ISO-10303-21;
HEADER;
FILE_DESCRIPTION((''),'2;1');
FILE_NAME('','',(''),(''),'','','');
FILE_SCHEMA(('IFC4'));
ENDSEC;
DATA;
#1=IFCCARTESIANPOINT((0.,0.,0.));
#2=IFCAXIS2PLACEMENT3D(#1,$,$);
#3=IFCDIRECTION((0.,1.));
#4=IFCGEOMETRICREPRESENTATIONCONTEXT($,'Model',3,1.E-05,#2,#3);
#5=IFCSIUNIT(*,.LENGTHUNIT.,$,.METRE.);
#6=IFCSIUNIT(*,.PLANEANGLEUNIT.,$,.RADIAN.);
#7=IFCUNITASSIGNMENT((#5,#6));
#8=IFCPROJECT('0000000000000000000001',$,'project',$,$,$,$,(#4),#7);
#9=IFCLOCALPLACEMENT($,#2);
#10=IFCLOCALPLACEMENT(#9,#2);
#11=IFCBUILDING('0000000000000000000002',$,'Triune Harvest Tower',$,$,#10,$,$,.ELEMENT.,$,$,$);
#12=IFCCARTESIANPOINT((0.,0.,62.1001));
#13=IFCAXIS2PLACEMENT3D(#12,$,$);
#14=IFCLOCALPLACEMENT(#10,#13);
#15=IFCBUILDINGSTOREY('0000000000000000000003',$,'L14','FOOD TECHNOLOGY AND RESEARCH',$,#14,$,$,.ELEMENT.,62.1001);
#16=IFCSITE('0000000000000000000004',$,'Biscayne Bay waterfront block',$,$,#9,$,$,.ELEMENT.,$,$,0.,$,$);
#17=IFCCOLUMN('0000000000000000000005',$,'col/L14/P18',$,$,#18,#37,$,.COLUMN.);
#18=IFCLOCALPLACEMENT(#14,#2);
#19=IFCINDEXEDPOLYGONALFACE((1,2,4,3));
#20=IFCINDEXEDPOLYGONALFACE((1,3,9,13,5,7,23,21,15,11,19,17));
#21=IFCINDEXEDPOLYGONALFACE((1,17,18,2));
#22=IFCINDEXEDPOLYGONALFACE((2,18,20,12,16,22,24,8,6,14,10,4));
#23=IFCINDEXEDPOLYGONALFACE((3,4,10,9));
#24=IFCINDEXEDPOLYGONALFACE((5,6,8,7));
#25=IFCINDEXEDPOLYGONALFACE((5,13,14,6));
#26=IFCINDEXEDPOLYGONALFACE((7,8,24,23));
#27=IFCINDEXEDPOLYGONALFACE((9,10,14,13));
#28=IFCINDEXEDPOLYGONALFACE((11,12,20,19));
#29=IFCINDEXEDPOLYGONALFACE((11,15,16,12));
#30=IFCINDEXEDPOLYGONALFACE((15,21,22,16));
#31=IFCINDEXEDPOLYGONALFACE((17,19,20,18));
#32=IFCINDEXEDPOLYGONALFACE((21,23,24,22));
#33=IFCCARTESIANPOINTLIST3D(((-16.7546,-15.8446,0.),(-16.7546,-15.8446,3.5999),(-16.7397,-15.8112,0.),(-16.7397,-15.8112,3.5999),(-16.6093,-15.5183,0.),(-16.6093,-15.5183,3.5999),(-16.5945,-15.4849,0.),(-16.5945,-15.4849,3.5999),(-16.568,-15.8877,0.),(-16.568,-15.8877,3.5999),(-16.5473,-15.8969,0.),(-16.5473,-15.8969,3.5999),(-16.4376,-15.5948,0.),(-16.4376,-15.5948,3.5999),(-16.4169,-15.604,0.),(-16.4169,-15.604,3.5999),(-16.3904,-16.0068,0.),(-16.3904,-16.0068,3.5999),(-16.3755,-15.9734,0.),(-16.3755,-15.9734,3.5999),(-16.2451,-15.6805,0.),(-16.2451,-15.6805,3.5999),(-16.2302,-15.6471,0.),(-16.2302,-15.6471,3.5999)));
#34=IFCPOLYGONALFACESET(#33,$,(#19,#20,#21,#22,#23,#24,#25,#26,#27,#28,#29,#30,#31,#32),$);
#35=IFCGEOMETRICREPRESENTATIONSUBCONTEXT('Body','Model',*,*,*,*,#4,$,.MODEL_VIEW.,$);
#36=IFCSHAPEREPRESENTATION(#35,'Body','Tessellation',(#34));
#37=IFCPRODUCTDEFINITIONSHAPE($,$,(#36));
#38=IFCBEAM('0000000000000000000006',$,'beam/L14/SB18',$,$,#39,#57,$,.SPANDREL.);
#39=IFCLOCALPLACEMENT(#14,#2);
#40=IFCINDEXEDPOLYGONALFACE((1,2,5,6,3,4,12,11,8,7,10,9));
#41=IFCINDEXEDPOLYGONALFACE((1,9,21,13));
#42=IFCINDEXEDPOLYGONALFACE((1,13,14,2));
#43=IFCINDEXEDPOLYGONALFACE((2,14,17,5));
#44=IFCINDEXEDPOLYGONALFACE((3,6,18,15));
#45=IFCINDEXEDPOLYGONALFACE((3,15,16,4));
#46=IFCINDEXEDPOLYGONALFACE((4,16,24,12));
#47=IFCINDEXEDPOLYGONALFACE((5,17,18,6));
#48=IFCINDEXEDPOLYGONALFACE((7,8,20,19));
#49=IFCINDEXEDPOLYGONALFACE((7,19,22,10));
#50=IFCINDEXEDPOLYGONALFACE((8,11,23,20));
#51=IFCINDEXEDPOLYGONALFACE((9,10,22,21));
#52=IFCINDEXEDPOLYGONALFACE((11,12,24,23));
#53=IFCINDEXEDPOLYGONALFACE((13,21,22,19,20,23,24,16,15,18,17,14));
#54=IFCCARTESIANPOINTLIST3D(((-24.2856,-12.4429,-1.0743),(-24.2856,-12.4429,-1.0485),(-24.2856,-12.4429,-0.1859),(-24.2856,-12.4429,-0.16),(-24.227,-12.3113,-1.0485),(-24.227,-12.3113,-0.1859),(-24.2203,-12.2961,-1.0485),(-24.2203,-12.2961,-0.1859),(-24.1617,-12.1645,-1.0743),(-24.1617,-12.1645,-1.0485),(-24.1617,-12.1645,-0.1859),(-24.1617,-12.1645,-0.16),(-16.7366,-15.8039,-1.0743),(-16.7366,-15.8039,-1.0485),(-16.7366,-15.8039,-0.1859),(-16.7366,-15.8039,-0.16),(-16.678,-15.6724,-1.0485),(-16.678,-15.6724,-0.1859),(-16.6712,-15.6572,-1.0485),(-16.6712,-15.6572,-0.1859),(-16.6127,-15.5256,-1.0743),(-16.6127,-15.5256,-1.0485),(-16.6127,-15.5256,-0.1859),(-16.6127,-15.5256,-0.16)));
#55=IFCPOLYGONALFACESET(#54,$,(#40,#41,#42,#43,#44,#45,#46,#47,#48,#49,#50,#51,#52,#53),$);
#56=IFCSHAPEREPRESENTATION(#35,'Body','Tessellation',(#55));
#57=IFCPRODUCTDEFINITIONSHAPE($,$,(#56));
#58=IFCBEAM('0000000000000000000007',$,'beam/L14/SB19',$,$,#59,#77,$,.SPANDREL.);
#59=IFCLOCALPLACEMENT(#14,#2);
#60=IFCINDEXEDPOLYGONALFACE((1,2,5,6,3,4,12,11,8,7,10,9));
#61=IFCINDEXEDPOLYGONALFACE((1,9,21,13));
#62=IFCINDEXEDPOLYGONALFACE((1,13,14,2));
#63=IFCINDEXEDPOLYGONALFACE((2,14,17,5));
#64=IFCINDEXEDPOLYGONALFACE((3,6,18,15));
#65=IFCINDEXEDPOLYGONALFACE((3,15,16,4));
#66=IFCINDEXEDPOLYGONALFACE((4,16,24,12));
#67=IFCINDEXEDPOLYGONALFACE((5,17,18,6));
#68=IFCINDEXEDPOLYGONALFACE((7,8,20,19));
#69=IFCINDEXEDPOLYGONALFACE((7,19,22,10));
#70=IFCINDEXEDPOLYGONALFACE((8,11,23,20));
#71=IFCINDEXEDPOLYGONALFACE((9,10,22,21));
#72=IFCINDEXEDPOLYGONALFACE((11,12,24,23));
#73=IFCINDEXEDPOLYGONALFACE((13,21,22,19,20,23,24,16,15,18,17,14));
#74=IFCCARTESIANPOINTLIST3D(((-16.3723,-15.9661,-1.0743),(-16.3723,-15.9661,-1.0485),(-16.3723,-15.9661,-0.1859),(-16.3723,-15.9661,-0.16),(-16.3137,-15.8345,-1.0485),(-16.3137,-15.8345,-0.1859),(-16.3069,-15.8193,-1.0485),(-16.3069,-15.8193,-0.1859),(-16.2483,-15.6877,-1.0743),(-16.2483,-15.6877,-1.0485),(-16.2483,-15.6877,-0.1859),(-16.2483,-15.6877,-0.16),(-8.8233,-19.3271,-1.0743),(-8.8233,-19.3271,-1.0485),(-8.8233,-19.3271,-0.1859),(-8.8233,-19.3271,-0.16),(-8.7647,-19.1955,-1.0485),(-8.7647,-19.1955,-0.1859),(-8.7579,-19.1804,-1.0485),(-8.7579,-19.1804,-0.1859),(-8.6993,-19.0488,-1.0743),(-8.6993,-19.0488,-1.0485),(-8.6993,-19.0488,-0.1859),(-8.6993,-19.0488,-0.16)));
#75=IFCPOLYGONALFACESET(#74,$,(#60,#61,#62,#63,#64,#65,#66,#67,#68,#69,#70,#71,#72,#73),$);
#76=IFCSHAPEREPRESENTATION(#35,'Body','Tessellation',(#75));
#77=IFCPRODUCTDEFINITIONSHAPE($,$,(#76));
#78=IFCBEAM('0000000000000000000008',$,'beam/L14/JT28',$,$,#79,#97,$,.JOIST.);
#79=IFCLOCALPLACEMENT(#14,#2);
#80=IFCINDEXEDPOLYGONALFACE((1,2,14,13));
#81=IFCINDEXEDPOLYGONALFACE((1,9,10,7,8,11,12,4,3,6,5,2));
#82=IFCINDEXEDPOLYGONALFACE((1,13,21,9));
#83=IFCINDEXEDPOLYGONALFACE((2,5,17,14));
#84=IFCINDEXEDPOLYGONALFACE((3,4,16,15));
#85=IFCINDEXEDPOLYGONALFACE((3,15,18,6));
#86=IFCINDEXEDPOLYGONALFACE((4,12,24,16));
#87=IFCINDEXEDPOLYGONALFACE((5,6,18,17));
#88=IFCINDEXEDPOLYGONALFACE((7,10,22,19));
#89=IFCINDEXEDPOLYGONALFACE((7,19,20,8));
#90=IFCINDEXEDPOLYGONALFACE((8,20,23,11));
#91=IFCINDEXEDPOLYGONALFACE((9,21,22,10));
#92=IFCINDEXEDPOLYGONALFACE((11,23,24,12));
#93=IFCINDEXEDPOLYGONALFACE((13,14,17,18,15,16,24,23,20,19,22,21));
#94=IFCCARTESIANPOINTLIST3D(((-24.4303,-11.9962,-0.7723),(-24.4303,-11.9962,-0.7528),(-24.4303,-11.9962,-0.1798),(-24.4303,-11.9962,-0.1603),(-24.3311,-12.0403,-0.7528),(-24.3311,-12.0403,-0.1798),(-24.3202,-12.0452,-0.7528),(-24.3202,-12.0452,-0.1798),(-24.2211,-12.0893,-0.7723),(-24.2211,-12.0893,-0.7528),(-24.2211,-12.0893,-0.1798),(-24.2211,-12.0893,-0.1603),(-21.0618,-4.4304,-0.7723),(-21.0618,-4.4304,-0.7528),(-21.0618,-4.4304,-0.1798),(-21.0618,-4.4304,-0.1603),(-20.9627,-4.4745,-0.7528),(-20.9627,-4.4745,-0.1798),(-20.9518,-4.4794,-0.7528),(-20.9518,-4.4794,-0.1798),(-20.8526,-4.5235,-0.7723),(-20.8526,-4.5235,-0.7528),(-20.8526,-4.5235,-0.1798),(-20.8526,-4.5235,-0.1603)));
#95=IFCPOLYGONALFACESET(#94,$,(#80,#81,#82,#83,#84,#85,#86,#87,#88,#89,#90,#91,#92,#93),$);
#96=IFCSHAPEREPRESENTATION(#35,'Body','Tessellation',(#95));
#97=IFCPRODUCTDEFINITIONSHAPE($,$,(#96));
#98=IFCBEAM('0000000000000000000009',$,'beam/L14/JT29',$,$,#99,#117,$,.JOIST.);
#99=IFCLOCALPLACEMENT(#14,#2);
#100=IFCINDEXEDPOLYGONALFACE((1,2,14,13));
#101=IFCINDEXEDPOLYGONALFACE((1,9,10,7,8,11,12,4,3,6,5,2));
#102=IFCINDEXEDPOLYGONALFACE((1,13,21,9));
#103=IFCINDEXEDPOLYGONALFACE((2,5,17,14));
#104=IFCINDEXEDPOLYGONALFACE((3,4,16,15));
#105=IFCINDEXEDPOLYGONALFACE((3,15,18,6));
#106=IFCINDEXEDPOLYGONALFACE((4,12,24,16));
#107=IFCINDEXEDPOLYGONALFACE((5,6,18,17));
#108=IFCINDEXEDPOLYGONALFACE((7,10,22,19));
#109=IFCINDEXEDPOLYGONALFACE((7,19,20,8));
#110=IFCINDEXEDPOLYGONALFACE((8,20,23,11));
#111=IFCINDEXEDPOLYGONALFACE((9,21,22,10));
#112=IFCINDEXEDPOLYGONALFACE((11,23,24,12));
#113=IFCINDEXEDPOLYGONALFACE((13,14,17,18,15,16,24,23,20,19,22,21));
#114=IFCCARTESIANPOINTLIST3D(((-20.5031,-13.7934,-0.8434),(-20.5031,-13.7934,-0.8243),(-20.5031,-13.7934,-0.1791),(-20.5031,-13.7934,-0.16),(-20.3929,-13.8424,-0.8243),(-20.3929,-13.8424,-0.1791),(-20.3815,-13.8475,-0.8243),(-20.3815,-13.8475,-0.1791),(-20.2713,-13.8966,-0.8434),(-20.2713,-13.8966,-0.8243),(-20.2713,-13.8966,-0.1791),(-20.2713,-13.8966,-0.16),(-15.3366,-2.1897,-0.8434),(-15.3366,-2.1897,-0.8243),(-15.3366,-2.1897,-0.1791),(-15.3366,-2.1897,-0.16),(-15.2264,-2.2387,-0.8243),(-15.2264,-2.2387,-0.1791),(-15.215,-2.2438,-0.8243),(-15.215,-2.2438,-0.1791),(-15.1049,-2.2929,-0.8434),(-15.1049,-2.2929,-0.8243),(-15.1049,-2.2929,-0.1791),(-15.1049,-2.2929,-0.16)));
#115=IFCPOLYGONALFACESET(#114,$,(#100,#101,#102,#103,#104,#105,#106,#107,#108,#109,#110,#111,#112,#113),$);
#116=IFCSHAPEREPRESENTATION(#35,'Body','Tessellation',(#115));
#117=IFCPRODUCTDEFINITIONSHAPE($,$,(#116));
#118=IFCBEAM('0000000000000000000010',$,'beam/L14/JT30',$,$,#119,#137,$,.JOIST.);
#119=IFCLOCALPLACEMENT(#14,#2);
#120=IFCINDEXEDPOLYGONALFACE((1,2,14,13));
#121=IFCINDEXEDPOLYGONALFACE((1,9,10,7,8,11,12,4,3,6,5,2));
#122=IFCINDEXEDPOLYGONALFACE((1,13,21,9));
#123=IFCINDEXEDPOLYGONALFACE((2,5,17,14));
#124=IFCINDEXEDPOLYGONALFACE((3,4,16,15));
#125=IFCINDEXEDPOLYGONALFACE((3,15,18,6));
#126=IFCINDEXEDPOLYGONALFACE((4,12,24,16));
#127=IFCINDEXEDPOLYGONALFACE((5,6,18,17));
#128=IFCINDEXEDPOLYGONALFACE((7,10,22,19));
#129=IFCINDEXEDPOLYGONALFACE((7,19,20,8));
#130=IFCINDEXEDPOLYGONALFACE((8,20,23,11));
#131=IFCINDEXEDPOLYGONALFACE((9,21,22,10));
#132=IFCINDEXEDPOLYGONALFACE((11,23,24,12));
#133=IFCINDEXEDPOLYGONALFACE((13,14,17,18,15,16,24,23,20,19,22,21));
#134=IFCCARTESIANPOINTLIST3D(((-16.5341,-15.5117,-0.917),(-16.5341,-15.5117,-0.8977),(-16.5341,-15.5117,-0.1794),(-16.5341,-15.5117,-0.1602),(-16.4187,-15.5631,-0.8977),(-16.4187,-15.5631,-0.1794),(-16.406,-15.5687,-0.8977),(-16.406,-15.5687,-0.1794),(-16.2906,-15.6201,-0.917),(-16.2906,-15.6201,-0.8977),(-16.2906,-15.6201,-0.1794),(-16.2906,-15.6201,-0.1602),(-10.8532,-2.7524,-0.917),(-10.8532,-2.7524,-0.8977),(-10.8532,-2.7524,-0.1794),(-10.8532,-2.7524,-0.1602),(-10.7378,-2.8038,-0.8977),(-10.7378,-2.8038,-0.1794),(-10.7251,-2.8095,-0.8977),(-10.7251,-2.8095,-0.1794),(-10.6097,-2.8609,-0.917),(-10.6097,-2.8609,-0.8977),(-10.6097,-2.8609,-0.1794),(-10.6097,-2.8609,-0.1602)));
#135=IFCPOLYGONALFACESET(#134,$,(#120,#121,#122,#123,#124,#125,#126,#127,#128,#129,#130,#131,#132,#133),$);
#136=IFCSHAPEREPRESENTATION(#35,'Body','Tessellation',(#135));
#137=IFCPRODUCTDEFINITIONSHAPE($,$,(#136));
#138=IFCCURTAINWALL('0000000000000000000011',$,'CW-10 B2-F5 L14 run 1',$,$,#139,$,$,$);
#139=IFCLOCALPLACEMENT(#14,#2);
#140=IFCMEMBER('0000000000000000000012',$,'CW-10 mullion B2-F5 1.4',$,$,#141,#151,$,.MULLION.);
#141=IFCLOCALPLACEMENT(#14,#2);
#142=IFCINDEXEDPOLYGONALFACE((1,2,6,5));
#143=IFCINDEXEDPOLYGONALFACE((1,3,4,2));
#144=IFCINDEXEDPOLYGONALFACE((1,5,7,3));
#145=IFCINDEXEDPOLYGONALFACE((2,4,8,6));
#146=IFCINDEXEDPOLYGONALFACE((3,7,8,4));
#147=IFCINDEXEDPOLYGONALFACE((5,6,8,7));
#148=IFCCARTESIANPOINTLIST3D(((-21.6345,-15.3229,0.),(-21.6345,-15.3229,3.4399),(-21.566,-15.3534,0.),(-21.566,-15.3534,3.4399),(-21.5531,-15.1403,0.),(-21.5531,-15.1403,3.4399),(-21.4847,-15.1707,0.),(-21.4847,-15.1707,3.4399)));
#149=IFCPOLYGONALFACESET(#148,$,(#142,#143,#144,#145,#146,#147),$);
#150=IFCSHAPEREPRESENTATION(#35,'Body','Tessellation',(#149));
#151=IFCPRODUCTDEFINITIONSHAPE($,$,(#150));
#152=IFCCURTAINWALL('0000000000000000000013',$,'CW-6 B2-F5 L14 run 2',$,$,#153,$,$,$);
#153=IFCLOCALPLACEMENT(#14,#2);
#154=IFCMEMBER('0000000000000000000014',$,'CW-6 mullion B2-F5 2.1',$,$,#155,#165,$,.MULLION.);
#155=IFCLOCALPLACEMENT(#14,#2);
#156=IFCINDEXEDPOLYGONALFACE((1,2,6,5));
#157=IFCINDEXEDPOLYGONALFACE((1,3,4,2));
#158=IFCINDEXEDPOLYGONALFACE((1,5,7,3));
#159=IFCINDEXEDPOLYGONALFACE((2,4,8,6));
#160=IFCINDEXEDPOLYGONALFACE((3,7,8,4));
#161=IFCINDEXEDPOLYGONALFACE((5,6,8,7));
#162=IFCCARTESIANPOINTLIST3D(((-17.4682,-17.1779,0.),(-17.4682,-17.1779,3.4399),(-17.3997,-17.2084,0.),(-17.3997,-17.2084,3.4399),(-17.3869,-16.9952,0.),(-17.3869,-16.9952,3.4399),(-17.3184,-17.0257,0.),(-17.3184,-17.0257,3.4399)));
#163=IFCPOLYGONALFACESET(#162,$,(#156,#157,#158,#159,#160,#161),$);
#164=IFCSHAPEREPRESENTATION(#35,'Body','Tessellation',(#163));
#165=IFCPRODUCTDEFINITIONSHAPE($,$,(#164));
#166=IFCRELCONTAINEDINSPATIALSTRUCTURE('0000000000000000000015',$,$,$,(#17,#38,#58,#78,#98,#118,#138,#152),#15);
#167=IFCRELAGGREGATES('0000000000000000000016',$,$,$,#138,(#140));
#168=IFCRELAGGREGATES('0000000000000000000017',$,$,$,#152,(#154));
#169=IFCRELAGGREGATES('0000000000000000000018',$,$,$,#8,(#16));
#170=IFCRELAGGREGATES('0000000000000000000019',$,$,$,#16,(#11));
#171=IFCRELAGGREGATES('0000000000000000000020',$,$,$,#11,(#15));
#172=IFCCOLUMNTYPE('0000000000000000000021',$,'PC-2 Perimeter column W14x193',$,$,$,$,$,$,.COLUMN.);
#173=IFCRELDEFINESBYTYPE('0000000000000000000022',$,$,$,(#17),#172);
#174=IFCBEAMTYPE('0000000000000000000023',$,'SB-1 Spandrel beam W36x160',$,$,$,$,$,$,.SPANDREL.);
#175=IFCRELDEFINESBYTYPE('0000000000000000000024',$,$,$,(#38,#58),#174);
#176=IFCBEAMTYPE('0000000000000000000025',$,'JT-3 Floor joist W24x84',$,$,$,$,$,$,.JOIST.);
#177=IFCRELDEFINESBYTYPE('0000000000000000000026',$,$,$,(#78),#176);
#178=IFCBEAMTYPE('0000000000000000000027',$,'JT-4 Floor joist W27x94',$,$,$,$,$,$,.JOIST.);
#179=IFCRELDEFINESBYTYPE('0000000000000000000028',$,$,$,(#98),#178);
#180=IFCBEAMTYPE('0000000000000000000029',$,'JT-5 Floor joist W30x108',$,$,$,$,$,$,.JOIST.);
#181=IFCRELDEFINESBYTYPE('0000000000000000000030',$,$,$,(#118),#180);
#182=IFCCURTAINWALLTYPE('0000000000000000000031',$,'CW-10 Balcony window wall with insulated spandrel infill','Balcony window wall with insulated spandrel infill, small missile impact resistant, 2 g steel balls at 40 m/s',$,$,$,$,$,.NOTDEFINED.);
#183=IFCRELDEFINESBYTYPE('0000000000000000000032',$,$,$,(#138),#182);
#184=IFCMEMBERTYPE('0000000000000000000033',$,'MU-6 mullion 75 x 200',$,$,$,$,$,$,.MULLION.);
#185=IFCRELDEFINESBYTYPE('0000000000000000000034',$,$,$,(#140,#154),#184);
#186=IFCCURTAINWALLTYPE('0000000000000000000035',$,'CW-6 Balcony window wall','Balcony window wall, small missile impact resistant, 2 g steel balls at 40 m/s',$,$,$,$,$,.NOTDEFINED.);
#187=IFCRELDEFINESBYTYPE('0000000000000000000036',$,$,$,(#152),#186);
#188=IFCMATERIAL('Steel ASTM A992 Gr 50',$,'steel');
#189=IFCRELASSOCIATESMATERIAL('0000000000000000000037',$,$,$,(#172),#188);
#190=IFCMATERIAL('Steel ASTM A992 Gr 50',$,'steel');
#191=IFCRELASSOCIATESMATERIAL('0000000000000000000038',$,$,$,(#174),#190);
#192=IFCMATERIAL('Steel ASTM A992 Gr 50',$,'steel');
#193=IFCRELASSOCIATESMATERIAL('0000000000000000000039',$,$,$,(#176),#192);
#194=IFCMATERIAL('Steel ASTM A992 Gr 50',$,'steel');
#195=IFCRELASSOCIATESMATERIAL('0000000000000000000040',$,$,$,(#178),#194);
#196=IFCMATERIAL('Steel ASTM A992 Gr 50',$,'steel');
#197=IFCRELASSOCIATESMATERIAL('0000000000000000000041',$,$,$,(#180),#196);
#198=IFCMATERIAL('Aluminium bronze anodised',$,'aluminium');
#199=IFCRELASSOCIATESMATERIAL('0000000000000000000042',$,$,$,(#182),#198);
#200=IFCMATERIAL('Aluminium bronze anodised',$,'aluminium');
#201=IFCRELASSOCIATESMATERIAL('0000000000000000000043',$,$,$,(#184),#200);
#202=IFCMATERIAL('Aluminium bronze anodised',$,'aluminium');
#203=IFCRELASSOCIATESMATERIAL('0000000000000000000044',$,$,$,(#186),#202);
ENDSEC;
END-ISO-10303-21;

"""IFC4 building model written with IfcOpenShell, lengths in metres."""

from ifc_helpers import new_model, si_unit, direction, frame, origin, origin_2d, place, context, subcontext, project, spatial, rectangle, i_section, extrude, source, transform, mapped, material, material_profile, profile_set, type_object, element, aggregate, save


model = new_model("IFC4")

# Units and contexts
model_context = context("Model", 3, precision=1e-05, world=origin(), true_north=direction((0.0, 1.0)))
body_context = subcontext(model_context, "Body", "Model", "MODEL_VIEW")
ifc_project = project(units=[si_unit("LENGTHUNIT", "METRE"), si_unit("PLANEANGLEUNIT", "RADIAN")], contexts=[model_context])

# Site, building, storey
site_placement = place(None, origin())
site = spatial("IfcSite", under=ifc_project, at=site_placement, Name="Biscayne Bay waterfront block", CompositionType="ELEMENT", RefElevation=0.0)
building_placement = place(site_placement, origin())
building = spatial("IfcBuilding", under=site, at=building_placement, Name="Triune Harvest Tower", CompositionType="ELEMENT")
storey_placement = place(building_placement, frame((0.0, 0.0, 62.1001)))
storey = spatial("IfcBuildingStorey", under=building, at=storey_placement, Name="L14", Description="FOOD TECHNOLOGY AND RESEARCH", CompositionType="ELEMENT", Elevation=62.1001)

# Column
ifc_material_1 = material(Name="Steel ASTM A992 Gr 50", Category="steel")
ifc_material_profile_1 = material_profile(ifc_material_1, i_section(OverallWidth=0.3987, OverallDepth=0.3938, WebThickness=0.0227, FlangeThickness=0.0366, at=origin_2d()), Name="W14x193")
ifc_profile_set_1 = profile_set([ifc_material_profile_1], Name="Steel ASTM A992 Gr 50")
column_type = type_object("IfcColumnType", Name="PC-2 Perimeter column W14x193", PredefinedType="COLUMN", material=ifc_profile_set_1)
shared_shape_1 = source(origin(), body_context, "Body", "SweptSolid", [
    extrude(i_section(OverallWidth=0.3987, OverallDepth=0.3938, WebThickness=0.0227, FlangeThickness=0.0366, at=origin_2d()), origin(), (0.0, 0.0, 1.0), 3.5999),
])
column_placement = place(storey_placement, frame((-16.4924, -15.7458, 0.0), z_axis=(0.0, 0.0, 1.0), x_axis=(0.913545, -0.406737, 0.0)))
element("IfcColumn", 1, at=column_placement, inside=storey, type_object=column_type, Name="col/L14/P18", PredefinedType="COLUMN", context=body_context, shape_type="MappedRepresentation", body=[
    mapped(shared_shape_1, transform((0.0, 0.0, 0.0), scale=1.0)),
])

# Beams
ifc_material_2 = material(Name="Steel ASTM A992 Gr 50", Category="steel")
ifc_material_profile_2 = material_profile(ifc_material_2, i_section(OverallWidth=0.3047, OverallDepth=0.9143, WebThickness=0.0166, FlangeThickness=0.0259, at=origin_2d()), Name="W36x160")
ifc_profile_set_2 = profile_set([ifc_material_profile_2], Name="Steel ASTM A992 Gr 50")
beam_type_1 = type_object("IfcBeamType", Name="SB-1 Spandrel beam W36x160", PredefinedType="SPANDREL", material=ifc_profile_set_2)
shared_shape_2 = source(origin(), body_context, "Body", "SweptSolid", [
    extrude(i_section(OverallWidth=0.3047, OverallDepth=0.9143, WebThickness=0.0166, FlangeThickness=0.0259, at=origin_2d()), origin(), (0.0, 0.0, 1.0), 8.2634),
])
for number, where, z_axis, x_axis, name in (
    (2, (-24.2236, -12.3037, -0.6172), (0.913545, -0.406739, 0.0), (0.406739, 0.913545, 0.0), "beam/L14/SB18"),
    (3, (-16.3103, -15.8269, -0.6172), (0.913545, -0.406739, 0.0), (0.406739, 0.913545, 0.0), "beam/L14/SB19"),
):
    element("IfcBeam", number, at=place(storey_placement, frame(where, z_axis=z_axis, x_axis=x_axis)), inside=storey, type_object=beam_type_1, Name=name, PredefinedType="SPANDREL", context=body_context, shape_type="MappedRepresentation", body=[
        mapped(shared_shape_2, transform((0.0, 0.0, 0.0), scale=1.0)),
    ])
ifc_material_3 = material(Name="Steel ASTM A992 Gr 50", Category="steel")
ifc_material_profile_3 = material_profile(ifc_material_3, i_section(OverallWidth=0.229, OverallDepth=0.6121, WebThickness=0.012, FlangeThickness=0.0195, at=origin_2d()), Name="W24x84")
ifc_profile_set_3 = profile_set([ifc_material_profile_3], Name="Steel ASTM A992 Gr 50")
beam_type_2 = type_object("IfcBeamType", Name="JT-3 Floor joist W24x84", PredefinedType="JOIST", material=ifc_profile_set_3)
shared_shape_3 = source(origin(), body_context, "Body", "SweptSolid", [
    extrude(i_section(OverallWidth=0.229, OverallDepth=0.6121, WebThickness=0.012, FlangeThickness=0.0195, at=origin_2d()), origin(), (0.0, 0.0, 1.0), 8.2817),
])
beam_1_placement = place(storey_placement, frame((-24.3257, -12.0427, -0.4663), z_axis=(0.406732, 0.913548, 0.0), x_axis=(-0.913548, 0.406732, 0.0)))
element("IfcBeam", 4, at=beam_1_placement, inside=storey, type_object=beam_type_2, Name="beam/L14/JT28", PredefinedType="JOIST", context=body_context, shape_type="MappedRepresentation", body=[
    mapped(shared_shape_3, transform((0.0, 0.0, 0.0), scale=1.0)),
])
ifc_material_4 = material(Name="Steel ASTM A992 Gr 50", Category="steel")
ifc_material_profile_4 = material_profile(ifc_material_4, i_section(OverallWidth=0.2537, OverallDepth=0.6833, WebThickness=0.0125, FlangeThickness=0.019, at=origin_2d()), Name="W27x94")
ifc_profile_set_4 = profile_set([ifc_material_profile_4], Name="Steel ASTM A992 Gr 50")
beam_type_3 = type_object("IfcBeamType", Name="JT-4 Floor joist W27x94", PredefinedType="JOIST", material=ifc_profile_set_4)
shared_shape_4 = source(origin(), body_context, "Body", "SweptSolid", [
    extrude(i_section(OverallWidth=0.2537, OverallDepth=0.6833, WebThickness=0.0125, FlangeThickness=0.019, at=origin_2d()), origin(), (0.0, 0.0, 1.0), 12.7019),
])
beam_2_placement = place(storey_placement, frame((-20.3872, -13.845, -0.5017), z_axis=(0.406748, 0.91354, 0.0), x_axis=(-0.91354, 0.406748, 0.0)))
element("IfcBeam", 5, at=beam_2_placement, inside=storey, type_object=beam_type_3, Name="beam/L14/JT29", PredefinedType="JOIST", context=body_context, shape_type="MappedRepresentation", body=[
    mapped(shared_shape_4, transform((0.0, 0.0, 0.0), scale=1.0)),
])
ifc_material_5 = material(Name="Steel ASTM A992 Gr 50", Category="steel")
ifc_material_profile_5 = material_profile(ifc_material_5, i_section(OverallWidth=0.2666, OverallDepth=0.7568, WebThickness=0.0139, FlangeThickness=0.0193, at=origin_2d()), Name="W30x108")
ifc_profile_set_5 = profile_set([ifc_material_profile_5], Name="Steel ASTM A992 Gr 50")
beam_type_4 = type_object("IfcBeamType", Name="JT-5 Floor joist W30x108", PredefinedType="JOIST", material=ifc_profile_set_5)
shared_shape_5 = source(origin(), body_context, "Body", "SweptSolid", [
    extrude(i_section(OverallWidth=0.2666, OverallDepth=0.7568, WebThickness=0.0139, FlangeThickness=0.0193, at=origin_2d()), origin(), (0.0, 0.0, 1.0), 13.9668),
])
beam_3_placement = place(storey_placement, frame((-16.4124, -15.5659, -0.5386), z_axis=(0.406743, 0.913542, 0.0), x_axis=(-0.913542, 0.406743, 0.0)))
element("IfcBeam", 6, at=beam_3_placement, inside=storey, type_object=beam_type_4, Name="beam/L14/JT30", PredefinedType="JOIST", context=body_context, shape_type="MappedRepresentation", body=[
    mapped(shared_shape_5, transform((0.0, 0.0, 0.0), scale=1.0)),
])

# Curtain walls, members
ifc_material_6 = material(Name="Aluminium bronze anodised", Category="aluminium")
curtain_wall_type_1 = type_object("IfcCurtainWallType", Name="CW-10 Balcony window wall with insulated spandrel infill", Description="Balcony window wall with insulated spandrel infill, small missile impact resistant, 2 g steel balls at 40 m/s", PredefinedType="NOTDEFINED", material=ifc_material_6)
curtain_wall_1_placement = place(storey_placement, origin())
curtain_wall_1 = element("IfcCurtainWall", 7, at=curtain_wall_1_placement, inside=storey, type_object=curtain_wall_type_1, Name="CW-10 B2-F5 L14 run 1")
ifc_material_7 = material(Name="Aluminium bronze anodised", Category="aluminium")
ifc_material_profile_6 = material_profile(ifc_material_7, rectangle(XDim=0.2, YDim=0.075, at=origin_2d()), Name="MU-6 mullion 75 x 200")
ifc_profile_set_6 = profile_set([ifc_material_profile_6], Name="Aluminium bronze anodised")
member_type_1 = type_object("IfcMemberType", Name="MU-6 mullion 75 x 200", PredefinedType="MULLION", material=ifc_profile_set_6)
shared_shape_6 = source(origin(), body_context, "Body", "SweptSolid", [
    extrude(rectangle(XDim=0.2, YDim=0.075, at=origin_2d()), origin(), (0.0, 0.0, 1.0), 3.4399),
])
member_1_placement = place(storey_placement, frame((-21.5596, -15.2468, 0.0), z_axis=(0.0, 0.0, 1.0), x_axis=(0.406737, 0.913545, 0.0)))
member_1 = element("IfcMember", 8, at=member_1_placement, type_object=member_type_1, Name="CW-10 mullion B2-F5 1.4", PredefinedType="MULLION", context=body_context, shape_type="MappedRepresentation", body=[
    mapped(shared_shape_6, transform((0.0, 0.0, 0.0), scale=1.0)),
])
ifc_material_8 = material(Name="Aluminium bronze anodised", Category="aluminium")
curtain_wall_type_2 = type_object("IfcCurtainWallType", Name="CW-6 Balcony window wall", Description="Balcony window wall, small missile impact resistant, 2 g steel balls at 40 m/s", PredefinedType="NOTDEFINED", material=ifc_material_8)
curtain_wall_2_placement = place(storey_placement, origin())
curtain_wall_2 = element("IfcCurtainWall", 9, at=curtain_wall_2_placement, inside=storey, type_object=curtain_wall_type_2, Name="CW-6 B2-F5 L14 run 2")
member_2_placement = place(storey_placement, frame((-17.3933, -17.1018, 0.0), z_axis=(0.0, 0.0, 1.0), x_axis=(0.406737, 0.913545, 0.0)))
member_2 = element("IfcMember", 10, at=member_2_placement, type_object=member_type_1, Name="CW-6 mullion B2-F5 2.1", PredefinedType="MULLION", context=body_context, shape_type="MappedRepresentation", body=[
    mapped(shared_shape_6, transform((0.0, 0.0, 0.0), scale=1.0)),
])

aggregate(curtain_wall_1, [member_1])
aggregate(curtain_wall_2, [member_2])

save(model, "model.ifc")
